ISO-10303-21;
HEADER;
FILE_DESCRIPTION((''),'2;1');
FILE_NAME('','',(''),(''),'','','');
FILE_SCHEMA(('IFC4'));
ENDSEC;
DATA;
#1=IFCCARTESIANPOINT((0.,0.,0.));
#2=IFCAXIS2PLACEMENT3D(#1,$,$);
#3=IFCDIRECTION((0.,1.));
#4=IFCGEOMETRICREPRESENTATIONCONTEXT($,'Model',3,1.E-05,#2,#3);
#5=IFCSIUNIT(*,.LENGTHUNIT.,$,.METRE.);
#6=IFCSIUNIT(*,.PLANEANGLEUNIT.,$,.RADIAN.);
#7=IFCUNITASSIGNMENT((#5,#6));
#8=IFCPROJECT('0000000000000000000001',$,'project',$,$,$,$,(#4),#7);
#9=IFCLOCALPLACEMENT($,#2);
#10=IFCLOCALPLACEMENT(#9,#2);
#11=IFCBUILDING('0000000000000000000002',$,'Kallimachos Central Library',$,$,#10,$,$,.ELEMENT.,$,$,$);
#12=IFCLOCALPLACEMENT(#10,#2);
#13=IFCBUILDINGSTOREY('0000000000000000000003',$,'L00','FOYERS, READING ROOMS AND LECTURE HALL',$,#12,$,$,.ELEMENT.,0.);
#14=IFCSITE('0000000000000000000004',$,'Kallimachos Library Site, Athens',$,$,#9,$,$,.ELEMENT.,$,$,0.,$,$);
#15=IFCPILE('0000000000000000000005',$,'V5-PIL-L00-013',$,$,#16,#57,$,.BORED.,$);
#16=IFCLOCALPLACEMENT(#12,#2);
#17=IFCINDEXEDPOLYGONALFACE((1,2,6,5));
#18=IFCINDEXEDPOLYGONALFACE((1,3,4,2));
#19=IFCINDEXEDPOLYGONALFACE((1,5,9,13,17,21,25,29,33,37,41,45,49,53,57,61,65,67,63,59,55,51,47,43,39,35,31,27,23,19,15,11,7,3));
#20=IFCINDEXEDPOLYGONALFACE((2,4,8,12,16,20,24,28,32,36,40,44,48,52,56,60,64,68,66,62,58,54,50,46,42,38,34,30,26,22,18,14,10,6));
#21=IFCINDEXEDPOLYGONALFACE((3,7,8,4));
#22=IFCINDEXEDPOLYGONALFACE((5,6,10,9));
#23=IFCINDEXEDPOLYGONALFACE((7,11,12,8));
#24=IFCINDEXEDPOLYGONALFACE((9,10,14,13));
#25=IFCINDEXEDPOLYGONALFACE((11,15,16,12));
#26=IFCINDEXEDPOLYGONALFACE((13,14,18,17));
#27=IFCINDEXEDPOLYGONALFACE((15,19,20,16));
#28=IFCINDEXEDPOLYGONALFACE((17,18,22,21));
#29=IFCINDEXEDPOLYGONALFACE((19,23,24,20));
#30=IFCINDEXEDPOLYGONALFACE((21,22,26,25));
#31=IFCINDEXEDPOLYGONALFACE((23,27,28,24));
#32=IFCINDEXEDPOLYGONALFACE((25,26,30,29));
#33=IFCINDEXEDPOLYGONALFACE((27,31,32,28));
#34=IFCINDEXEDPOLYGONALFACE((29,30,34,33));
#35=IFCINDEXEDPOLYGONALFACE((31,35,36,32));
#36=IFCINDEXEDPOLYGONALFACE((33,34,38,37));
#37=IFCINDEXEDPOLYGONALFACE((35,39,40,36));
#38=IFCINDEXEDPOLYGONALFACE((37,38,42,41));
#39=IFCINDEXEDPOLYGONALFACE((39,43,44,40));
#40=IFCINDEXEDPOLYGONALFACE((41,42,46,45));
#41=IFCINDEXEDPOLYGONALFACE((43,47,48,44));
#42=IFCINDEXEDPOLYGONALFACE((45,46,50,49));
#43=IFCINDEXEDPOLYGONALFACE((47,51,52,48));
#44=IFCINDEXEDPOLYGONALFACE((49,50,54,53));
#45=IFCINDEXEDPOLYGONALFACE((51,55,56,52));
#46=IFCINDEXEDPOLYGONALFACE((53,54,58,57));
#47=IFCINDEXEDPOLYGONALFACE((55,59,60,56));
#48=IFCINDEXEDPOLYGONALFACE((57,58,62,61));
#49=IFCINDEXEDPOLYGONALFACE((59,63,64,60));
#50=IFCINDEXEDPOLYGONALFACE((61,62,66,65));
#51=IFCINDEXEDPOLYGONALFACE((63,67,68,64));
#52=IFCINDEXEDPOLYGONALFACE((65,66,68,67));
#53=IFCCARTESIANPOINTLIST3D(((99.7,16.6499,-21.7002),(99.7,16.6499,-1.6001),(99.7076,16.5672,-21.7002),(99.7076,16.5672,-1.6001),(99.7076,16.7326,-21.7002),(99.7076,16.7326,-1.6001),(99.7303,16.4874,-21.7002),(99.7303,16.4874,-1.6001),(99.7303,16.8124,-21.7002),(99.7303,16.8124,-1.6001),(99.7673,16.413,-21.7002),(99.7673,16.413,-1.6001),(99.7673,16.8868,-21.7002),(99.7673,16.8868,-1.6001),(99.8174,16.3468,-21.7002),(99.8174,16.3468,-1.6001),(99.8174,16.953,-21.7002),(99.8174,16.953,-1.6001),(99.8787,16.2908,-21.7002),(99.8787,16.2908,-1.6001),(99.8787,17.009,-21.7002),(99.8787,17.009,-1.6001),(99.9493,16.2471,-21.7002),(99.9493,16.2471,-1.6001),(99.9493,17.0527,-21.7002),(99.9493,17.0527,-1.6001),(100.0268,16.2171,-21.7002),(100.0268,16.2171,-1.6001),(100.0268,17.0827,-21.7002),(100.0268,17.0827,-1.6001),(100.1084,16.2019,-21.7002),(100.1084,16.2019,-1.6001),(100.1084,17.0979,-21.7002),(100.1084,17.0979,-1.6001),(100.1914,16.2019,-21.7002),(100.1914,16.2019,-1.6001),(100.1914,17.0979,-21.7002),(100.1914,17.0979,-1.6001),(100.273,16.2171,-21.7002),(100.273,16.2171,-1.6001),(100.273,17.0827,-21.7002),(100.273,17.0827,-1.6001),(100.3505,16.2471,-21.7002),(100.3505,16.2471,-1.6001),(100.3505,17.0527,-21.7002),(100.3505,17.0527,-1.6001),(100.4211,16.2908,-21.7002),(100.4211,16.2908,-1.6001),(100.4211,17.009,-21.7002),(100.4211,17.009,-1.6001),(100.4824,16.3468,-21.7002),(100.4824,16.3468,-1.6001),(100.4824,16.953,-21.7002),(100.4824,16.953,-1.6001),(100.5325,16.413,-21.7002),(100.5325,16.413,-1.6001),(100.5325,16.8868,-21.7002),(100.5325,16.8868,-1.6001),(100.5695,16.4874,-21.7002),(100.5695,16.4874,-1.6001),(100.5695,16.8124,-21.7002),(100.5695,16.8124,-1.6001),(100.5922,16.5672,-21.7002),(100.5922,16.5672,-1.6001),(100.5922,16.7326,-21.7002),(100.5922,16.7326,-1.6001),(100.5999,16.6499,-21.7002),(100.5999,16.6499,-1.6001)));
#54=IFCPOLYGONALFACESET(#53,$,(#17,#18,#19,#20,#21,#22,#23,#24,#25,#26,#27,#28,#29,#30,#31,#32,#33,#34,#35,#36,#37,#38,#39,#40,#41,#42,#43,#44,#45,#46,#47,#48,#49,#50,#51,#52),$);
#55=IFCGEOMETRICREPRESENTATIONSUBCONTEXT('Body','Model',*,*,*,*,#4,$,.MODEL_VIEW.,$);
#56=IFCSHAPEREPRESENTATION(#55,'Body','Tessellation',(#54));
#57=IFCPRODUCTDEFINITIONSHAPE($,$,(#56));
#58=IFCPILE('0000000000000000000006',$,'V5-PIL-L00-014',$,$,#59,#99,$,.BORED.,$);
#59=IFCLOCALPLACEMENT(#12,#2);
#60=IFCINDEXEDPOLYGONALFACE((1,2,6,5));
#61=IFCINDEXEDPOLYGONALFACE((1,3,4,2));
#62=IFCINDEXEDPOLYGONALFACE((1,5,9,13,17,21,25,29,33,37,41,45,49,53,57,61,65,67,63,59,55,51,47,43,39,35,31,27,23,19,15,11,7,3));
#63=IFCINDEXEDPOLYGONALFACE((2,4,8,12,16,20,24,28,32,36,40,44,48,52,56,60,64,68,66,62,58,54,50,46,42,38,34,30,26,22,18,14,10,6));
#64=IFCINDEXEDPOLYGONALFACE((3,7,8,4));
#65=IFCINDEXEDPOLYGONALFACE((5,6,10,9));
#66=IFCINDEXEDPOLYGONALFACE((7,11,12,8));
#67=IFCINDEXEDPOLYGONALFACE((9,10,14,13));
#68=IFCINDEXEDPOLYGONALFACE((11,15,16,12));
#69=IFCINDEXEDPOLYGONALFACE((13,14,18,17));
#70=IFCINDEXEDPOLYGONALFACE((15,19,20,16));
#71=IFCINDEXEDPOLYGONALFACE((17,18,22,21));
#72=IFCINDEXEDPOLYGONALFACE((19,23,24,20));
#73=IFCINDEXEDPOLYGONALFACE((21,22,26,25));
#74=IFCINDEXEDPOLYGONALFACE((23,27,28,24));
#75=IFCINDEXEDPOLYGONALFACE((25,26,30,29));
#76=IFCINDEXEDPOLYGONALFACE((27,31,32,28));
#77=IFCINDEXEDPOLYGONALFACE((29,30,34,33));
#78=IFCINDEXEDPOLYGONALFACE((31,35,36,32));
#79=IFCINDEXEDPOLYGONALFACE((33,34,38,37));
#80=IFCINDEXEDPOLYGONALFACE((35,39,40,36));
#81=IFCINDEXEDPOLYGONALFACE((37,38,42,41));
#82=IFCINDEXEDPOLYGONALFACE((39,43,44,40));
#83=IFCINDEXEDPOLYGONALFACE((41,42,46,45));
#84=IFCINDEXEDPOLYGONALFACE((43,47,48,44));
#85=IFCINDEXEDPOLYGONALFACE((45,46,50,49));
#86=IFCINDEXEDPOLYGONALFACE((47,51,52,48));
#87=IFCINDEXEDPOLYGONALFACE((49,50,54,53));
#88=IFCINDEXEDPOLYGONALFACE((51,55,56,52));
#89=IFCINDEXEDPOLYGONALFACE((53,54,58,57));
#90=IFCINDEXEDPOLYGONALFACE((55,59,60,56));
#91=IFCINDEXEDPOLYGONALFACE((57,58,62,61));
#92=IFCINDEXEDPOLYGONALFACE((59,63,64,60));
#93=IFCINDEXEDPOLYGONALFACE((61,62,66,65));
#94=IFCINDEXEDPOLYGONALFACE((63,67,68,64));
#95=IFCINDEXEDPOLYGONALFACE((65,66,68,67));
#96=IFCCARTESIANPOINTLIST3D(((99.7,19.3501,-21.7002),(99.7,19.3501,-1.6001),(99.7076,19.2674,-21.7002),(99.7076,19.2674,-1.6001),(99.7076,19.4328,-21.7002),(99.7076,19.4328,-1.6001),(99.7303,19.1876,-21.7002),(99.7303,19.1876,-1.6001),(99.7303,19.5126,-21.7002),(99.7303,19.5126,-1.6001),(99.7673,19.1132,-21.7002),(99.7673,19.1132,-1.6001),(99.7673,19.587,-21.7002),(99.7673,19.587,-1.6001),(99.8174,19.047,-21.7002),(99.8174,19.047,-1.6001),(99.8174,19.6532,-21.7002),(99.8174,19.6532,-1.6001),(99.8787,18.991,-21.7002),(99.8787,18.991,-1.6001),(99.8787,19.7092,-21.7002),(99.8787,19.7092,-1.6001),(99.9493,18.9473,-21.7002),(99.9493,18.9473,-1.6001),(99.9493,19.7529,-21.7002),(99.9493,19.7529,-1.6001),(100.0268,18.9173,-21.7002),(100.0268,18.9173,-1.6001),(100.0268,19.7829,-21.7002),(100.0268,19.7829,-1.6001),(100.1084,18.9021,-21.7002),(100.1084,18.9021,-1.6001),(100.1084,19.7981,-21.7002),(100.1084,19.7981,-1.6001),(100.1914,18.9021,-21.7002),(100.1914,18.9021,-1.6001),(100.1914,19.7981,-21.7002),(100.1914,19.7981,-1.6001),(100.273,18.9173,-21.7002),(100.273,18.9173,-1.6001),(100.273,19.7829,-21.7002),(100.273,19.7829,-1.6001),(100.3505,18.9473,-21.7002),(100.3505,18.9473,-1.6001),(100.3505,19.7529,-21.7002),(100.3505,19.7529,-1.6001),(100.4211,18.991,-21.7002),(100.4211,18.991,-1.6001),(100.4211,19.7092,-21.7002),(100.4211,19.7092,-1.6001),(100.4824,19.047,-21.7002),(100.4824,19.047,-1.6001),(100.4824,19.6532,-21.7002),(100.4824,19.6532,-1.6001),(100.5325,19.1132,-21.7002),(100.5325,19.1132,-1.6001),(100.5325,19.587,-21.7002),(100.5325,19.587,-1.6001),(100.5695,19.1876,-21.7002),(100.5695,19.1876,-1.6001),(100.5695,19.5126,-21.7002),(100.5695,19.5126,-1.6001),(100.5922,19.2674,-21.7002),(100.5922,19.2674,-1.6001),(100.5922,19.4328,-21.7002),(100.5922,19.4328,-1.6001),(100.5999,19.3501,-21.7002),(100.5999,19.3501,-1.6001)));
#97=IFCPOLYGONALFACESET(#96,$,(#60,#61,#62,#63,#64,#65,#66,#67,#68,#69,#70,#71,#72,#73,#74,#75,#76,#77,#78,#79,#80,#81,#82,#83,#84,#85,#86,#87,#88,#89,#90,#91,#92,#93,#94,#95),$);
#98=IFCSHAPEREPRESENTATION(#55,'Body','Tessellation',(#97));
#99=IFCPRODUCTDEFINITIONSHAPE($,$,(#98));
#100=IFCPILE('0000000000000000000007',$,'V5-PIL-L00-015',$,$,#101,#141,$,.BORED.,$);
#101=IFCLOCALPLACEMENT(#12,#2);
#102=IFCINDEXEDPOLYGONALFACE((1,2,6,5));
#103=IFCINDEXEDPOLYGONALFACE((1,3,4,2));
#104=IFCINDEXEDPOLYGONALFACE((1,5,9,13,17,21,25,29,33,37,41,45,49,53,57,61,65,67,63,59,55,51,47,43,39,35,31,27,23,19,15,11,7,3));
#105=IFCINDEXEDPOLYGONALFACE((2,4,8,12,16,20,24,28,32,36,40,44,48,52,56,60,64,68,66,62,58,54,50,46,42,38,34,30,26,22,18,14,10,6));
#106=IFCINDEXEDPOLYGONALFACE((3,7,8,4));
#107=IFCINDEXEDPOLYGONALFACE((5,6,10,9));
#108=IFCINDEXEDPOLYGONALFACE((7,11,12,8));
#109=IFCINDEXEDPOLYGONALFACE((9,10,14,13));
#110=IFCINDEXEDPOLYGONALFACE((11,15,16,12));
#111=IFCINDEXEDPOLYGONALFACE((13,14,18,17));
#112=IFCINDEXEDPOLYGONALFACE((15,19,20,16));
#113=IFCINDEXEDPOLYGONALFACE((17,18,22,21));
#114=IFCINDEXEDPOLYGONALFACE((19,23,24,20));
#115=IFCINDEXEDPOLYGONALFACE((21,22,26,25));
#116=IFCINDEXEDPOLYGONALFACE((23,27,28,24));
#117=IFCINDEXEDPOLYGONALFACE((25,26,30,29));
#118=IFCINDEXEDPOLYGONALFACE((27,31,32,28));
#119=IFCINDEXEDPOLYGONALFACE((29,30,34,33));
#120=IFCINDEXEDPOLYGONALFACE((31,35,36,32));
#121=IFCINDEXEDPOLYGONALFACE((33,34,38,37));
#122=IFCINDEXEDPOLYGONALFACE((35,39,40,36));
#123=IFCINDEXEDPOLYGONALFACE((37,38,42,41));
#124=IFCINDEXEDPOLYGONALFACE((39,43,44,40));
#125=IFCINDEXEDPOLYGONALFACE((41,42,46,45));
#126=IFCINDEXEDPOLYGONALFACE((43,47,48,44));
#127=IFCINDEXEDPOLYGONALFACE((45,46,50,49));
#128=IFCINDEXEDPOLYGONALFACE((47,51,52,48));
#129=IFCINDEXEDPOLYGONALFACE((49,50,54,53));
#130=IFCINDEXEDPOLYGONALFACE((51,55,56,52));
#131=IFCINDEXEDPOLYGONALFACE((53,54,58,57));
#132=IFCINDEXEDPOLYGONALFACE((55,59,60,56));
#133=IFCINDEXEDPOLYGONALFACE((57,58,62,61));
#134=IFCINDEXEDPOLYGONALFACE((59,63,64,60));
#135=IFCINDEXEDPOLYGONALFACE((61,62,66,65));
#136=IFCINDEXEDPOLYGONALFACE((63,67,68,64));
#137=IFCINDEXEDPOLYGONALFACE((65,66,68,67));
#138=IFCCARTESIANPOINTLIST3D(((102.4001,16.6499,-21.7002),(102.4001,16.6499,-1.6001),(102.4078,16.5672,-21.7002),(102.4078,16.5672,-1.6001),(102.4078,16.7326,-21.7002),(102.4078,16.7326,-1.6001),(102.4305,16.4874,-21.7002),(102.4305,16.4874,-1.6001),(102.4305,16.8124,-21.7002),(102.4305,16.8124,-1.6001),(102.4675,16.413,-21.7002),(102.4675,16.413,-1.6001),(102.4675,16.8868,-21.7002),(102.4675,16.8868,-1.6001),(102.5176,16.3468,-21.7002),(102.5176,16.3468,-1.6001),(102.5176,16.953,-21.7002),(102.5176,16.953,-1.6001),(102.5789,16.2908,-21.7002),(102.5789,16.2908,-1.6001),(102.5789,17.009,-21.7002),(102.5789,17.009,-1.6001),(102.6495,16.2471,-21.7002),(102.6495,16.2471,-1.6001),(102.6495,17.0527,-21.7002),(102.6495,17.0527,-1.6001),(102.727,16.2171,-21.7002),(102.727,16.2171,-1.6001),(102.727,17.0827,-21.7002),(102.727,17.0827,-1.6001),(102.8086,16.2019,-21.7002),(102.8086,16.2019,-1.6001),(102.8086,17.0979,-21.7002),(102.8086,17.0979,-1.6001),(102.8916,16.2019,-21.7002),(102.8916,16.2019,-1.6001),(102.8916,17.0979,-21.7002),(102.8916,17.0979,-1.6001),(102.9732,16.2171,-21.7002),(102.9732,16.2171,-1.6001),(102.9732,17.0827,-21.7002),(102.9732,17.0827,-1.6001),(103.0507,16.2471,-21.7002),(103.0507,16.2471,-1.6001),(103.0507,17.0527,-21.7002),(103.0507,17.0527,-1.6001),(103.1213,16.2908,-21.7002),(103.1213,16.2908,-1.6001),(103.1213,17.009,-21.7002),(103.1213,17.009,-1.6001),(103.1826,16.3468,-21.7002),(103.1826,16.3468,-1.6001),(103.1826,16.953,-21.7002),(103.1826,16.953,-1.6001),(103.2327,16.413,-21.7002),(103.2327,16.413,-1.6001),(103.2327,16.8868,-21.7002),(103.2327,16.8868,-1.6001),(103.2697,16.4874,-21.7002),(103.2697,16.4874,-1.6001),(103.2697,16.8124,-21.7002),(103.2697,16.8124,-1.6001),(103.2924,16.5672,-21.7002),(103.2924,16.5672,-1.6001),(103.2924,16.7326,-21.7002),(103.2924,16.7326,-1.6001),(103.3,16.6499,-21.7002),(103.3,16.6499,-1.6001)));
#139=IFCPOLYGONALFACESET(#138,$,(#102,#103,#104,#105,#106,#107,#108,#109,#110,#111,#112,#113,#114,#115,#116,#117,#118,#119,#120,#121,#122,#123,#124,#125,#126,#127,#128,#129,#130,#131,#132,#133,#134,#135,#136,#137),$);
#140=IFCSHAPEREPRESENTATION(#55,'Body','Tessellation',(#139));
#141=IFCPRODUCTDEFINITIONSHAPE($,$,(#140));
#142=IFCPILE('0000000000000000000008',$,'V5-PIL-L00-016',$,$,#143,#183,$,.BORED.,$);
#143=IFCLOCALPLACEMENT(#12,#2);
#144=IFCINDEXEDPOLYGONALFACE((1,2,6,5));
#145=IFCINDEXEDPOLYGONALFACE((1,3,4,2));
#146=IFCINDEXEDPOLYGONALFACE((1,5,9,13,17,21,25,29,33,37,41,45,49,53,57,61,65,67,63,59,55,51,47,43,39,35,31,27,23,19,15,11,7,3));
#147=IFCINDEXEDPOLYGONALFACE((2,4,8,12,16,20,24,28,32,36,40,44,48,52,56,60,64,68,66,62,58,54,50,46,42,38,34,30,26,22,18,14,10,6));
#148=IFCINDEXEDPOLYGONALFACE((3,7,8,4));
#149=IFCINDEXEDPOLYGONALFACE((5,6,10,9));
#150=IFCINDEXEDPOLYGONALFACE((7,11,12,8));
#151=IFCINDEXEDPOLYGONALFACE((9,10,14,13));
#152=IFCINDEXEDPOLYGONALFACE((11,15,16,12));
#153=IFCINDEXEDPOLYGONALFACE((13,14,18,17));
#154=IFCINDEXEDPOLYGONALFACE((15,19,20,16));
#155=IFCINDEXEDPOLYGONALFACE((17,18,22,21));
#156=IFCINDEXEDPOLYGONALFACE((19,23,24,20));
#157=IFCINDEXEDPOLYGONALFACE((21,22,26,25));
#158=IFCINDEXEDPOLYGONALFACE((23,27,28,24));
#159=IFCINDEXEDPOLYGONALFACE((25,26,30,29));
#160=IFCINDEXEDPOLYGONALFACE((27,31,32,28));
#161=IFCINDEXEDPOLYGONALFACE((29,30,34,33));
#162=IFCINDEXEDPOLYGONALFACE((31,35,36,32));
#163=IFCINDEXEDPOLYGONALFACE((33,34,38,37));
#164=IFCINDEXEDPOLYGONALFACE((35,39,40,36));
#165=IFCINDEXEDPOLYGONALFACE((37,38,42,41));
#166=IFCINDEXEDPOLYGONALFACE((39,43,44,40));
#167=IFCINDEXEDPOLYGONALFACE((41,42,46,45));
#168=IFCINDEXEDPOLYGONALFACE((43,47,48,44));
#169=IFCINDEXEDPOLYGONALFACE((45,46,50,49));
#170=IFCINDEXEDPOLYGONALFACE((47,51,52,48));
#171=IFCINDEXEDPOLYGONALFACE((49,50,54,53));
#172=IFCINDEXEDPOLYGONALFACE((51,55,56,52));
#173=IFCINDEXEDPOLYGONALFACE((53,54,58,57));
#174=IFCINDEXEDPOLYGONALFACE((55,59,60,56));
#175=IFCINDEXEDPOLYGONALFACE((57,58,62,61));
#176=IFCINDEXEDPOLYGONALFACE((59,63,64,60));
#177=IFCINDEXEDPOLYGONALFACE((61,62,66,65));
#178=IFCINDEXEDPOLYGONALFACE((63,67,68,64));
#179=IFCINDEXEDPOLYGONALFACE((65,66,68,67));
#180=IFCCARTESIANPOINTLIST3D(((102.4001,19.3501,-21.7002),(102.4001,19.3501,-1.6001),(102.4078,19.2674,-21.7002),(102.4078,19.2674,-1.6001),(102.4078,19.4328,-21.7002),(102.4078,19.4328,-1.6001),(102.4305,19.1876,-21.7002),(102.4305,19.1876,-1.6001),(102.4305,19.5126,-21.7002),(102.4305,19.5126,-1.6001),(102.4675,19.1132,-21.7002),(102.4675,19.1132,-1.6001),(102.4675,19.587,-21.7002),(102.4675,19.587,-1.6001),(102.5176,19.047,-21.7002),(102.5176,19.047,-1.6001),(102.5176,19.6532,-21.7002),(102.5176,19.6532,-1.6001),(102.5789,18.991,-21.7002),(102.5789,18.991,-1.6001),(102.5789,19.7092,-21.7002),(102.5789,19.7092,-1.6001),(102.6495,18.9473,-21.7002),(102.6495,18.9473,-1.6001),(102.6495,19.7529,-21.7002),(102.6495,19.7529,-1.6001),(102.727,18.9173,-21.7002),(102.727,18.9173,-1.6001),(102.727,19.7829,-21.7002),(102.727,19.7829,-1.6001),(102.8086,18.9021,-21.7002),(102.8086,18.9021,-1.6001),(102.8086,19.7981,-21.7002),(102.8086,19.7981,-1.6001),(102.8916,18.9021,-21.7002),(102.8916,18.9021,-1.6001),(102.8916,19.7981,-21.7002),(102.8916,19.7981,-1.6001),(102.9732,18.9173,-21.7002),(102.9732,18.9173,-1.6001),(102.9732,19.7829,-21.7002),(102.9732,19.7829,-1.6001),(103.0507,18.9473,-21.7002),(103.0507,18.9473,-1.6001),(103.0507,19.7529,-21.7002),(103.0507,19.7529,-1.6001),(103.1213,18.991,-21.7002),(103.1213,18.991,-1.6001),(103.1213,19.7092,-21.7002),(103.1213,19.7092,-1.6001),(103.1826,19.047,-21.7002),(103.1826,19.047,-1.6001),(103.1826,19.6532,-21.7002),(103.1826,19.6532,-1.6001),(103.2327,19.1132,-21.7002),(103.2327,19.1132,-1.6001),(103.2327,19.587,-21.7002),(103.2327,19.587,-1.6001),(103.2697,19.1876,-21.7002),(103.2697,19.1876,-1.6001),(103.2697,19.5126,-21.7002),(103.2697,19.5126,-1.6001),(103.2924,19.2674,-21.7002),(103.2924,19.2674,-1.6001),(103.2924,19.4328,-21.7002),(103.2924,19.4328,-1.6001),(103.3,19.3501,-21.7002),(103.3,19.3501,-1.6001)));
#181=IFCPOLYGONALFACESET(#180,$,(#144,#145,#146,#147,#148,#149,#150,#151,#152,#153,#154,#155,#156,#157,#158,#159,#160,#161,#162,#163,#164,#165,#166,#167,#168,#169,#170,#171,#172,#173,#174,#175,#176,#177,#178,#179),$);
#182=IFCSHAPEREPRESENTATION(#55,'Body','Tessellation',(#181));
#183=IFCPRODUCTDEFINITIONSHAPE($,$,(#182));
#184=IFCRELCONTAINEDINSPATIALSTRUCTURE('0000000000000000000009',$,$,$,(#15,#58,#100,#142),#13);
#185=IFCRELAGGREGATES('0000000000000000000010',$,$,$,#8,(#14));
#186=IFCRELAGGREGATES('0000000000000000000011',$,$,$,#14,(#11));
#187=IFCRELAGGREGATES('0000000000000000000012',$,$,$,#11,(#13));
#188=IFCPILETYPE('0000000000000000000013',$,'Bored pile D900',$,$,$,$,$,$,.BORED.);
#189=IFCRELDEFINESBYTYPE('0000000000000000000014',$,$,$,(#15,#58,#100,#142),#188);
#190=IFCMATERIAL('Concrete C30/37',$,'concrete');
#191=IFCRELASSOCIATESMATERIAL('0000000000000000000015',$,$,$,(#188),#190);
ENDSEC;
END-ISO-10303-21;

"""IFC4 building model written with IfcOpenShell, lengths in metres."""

from ifc_helpers import new_model, si_unit, direction, frame, origin, origin_2d, place, context, subcontext, project, spatial, circle, extrude, material, type_object, element, save


model = new_model("IFC4")

# Units and contexts
model_context = context("Model", 3, precision=1e-05, world=origin(), true_north=direction((0.0, 1.0)))
body_context = subcontext(model_context, "Body", "Model", "MODEL_VIEW")
ifc_project = project(units=[si_unit("LENGTHUNIT", "METRE"), si_unit("PLANEANGLEUNIT", "RADIAN")], contexts=[model_context])

# Site, building, storey
site_placement = place(None, origin())
site = spatial("IfcSite", under=ifc_project, at=site_placement, Name="Kallimachos Library Site, Athens", CompositionType="ELEMENT", RefElevation=0.0)
building_placement = place(site_placement, origin())
building = spatial("IfcBuilding", under=site, at=building_placement, Name="Kallimachos Central Library", CompositionType="ELEMENT")
storey_placement = place(building_placement, origin())
storey = spatial("IfcBuildingStorey", under=building, at=storey_placement, Name="L00", Description="FOYERS, READING ROOMS AND LECTURE HALL", CompositionType="ELEMENT", Elevation=0.0)

# Piles
ifc_material_1 = material(Name="Concrete C30/37", Category="concrete")
pile_type = type_object("IfcPileType", Name="Bored pile D900", PredefinedType="BORED", material=ifc_material_1)
for number, where, z_axis, x_axis, name in (
    (1, (100.1499, 16.6499, -1.6001), (0.0, 0.0, -1.0), (1.0, 0.0, 0.0), "V5-PIL-L00-013"),
    (2, (100.1499, 19.3501, -1.6001), (0.0, 0.0, -1.0), (1.0, 0.0, 0.0), "V5-PIL-L00-014"),
    (3, (102.8501, 16.6499, -1.6001), (0.0, 0.0, -1.0), (1.0, 0.0, 0.0), "V5-PIL-L00-015"),
    (4, (102.8501, 19.3501, -1.6001), (0.0, 0.0, -1.0), (1.0, 0.0, 0.0), "V5-PIL-L00-016"),
):
    element("IfcPile", number, at=place(storey_placement, frame(where, z_axis=z_axis, x_axis=x_axis)), inside=storey, type_object=pile_type, Name=name, PredefinedType="BORED", context=body_context, shape_type="SweptSolid", body=[
        extrude(circle(Radius=0.45, at=origin_2d()), origin(), (0.0, 0.0, 1.0), 20.1001),
    ])

save(model, "model.ifc")
